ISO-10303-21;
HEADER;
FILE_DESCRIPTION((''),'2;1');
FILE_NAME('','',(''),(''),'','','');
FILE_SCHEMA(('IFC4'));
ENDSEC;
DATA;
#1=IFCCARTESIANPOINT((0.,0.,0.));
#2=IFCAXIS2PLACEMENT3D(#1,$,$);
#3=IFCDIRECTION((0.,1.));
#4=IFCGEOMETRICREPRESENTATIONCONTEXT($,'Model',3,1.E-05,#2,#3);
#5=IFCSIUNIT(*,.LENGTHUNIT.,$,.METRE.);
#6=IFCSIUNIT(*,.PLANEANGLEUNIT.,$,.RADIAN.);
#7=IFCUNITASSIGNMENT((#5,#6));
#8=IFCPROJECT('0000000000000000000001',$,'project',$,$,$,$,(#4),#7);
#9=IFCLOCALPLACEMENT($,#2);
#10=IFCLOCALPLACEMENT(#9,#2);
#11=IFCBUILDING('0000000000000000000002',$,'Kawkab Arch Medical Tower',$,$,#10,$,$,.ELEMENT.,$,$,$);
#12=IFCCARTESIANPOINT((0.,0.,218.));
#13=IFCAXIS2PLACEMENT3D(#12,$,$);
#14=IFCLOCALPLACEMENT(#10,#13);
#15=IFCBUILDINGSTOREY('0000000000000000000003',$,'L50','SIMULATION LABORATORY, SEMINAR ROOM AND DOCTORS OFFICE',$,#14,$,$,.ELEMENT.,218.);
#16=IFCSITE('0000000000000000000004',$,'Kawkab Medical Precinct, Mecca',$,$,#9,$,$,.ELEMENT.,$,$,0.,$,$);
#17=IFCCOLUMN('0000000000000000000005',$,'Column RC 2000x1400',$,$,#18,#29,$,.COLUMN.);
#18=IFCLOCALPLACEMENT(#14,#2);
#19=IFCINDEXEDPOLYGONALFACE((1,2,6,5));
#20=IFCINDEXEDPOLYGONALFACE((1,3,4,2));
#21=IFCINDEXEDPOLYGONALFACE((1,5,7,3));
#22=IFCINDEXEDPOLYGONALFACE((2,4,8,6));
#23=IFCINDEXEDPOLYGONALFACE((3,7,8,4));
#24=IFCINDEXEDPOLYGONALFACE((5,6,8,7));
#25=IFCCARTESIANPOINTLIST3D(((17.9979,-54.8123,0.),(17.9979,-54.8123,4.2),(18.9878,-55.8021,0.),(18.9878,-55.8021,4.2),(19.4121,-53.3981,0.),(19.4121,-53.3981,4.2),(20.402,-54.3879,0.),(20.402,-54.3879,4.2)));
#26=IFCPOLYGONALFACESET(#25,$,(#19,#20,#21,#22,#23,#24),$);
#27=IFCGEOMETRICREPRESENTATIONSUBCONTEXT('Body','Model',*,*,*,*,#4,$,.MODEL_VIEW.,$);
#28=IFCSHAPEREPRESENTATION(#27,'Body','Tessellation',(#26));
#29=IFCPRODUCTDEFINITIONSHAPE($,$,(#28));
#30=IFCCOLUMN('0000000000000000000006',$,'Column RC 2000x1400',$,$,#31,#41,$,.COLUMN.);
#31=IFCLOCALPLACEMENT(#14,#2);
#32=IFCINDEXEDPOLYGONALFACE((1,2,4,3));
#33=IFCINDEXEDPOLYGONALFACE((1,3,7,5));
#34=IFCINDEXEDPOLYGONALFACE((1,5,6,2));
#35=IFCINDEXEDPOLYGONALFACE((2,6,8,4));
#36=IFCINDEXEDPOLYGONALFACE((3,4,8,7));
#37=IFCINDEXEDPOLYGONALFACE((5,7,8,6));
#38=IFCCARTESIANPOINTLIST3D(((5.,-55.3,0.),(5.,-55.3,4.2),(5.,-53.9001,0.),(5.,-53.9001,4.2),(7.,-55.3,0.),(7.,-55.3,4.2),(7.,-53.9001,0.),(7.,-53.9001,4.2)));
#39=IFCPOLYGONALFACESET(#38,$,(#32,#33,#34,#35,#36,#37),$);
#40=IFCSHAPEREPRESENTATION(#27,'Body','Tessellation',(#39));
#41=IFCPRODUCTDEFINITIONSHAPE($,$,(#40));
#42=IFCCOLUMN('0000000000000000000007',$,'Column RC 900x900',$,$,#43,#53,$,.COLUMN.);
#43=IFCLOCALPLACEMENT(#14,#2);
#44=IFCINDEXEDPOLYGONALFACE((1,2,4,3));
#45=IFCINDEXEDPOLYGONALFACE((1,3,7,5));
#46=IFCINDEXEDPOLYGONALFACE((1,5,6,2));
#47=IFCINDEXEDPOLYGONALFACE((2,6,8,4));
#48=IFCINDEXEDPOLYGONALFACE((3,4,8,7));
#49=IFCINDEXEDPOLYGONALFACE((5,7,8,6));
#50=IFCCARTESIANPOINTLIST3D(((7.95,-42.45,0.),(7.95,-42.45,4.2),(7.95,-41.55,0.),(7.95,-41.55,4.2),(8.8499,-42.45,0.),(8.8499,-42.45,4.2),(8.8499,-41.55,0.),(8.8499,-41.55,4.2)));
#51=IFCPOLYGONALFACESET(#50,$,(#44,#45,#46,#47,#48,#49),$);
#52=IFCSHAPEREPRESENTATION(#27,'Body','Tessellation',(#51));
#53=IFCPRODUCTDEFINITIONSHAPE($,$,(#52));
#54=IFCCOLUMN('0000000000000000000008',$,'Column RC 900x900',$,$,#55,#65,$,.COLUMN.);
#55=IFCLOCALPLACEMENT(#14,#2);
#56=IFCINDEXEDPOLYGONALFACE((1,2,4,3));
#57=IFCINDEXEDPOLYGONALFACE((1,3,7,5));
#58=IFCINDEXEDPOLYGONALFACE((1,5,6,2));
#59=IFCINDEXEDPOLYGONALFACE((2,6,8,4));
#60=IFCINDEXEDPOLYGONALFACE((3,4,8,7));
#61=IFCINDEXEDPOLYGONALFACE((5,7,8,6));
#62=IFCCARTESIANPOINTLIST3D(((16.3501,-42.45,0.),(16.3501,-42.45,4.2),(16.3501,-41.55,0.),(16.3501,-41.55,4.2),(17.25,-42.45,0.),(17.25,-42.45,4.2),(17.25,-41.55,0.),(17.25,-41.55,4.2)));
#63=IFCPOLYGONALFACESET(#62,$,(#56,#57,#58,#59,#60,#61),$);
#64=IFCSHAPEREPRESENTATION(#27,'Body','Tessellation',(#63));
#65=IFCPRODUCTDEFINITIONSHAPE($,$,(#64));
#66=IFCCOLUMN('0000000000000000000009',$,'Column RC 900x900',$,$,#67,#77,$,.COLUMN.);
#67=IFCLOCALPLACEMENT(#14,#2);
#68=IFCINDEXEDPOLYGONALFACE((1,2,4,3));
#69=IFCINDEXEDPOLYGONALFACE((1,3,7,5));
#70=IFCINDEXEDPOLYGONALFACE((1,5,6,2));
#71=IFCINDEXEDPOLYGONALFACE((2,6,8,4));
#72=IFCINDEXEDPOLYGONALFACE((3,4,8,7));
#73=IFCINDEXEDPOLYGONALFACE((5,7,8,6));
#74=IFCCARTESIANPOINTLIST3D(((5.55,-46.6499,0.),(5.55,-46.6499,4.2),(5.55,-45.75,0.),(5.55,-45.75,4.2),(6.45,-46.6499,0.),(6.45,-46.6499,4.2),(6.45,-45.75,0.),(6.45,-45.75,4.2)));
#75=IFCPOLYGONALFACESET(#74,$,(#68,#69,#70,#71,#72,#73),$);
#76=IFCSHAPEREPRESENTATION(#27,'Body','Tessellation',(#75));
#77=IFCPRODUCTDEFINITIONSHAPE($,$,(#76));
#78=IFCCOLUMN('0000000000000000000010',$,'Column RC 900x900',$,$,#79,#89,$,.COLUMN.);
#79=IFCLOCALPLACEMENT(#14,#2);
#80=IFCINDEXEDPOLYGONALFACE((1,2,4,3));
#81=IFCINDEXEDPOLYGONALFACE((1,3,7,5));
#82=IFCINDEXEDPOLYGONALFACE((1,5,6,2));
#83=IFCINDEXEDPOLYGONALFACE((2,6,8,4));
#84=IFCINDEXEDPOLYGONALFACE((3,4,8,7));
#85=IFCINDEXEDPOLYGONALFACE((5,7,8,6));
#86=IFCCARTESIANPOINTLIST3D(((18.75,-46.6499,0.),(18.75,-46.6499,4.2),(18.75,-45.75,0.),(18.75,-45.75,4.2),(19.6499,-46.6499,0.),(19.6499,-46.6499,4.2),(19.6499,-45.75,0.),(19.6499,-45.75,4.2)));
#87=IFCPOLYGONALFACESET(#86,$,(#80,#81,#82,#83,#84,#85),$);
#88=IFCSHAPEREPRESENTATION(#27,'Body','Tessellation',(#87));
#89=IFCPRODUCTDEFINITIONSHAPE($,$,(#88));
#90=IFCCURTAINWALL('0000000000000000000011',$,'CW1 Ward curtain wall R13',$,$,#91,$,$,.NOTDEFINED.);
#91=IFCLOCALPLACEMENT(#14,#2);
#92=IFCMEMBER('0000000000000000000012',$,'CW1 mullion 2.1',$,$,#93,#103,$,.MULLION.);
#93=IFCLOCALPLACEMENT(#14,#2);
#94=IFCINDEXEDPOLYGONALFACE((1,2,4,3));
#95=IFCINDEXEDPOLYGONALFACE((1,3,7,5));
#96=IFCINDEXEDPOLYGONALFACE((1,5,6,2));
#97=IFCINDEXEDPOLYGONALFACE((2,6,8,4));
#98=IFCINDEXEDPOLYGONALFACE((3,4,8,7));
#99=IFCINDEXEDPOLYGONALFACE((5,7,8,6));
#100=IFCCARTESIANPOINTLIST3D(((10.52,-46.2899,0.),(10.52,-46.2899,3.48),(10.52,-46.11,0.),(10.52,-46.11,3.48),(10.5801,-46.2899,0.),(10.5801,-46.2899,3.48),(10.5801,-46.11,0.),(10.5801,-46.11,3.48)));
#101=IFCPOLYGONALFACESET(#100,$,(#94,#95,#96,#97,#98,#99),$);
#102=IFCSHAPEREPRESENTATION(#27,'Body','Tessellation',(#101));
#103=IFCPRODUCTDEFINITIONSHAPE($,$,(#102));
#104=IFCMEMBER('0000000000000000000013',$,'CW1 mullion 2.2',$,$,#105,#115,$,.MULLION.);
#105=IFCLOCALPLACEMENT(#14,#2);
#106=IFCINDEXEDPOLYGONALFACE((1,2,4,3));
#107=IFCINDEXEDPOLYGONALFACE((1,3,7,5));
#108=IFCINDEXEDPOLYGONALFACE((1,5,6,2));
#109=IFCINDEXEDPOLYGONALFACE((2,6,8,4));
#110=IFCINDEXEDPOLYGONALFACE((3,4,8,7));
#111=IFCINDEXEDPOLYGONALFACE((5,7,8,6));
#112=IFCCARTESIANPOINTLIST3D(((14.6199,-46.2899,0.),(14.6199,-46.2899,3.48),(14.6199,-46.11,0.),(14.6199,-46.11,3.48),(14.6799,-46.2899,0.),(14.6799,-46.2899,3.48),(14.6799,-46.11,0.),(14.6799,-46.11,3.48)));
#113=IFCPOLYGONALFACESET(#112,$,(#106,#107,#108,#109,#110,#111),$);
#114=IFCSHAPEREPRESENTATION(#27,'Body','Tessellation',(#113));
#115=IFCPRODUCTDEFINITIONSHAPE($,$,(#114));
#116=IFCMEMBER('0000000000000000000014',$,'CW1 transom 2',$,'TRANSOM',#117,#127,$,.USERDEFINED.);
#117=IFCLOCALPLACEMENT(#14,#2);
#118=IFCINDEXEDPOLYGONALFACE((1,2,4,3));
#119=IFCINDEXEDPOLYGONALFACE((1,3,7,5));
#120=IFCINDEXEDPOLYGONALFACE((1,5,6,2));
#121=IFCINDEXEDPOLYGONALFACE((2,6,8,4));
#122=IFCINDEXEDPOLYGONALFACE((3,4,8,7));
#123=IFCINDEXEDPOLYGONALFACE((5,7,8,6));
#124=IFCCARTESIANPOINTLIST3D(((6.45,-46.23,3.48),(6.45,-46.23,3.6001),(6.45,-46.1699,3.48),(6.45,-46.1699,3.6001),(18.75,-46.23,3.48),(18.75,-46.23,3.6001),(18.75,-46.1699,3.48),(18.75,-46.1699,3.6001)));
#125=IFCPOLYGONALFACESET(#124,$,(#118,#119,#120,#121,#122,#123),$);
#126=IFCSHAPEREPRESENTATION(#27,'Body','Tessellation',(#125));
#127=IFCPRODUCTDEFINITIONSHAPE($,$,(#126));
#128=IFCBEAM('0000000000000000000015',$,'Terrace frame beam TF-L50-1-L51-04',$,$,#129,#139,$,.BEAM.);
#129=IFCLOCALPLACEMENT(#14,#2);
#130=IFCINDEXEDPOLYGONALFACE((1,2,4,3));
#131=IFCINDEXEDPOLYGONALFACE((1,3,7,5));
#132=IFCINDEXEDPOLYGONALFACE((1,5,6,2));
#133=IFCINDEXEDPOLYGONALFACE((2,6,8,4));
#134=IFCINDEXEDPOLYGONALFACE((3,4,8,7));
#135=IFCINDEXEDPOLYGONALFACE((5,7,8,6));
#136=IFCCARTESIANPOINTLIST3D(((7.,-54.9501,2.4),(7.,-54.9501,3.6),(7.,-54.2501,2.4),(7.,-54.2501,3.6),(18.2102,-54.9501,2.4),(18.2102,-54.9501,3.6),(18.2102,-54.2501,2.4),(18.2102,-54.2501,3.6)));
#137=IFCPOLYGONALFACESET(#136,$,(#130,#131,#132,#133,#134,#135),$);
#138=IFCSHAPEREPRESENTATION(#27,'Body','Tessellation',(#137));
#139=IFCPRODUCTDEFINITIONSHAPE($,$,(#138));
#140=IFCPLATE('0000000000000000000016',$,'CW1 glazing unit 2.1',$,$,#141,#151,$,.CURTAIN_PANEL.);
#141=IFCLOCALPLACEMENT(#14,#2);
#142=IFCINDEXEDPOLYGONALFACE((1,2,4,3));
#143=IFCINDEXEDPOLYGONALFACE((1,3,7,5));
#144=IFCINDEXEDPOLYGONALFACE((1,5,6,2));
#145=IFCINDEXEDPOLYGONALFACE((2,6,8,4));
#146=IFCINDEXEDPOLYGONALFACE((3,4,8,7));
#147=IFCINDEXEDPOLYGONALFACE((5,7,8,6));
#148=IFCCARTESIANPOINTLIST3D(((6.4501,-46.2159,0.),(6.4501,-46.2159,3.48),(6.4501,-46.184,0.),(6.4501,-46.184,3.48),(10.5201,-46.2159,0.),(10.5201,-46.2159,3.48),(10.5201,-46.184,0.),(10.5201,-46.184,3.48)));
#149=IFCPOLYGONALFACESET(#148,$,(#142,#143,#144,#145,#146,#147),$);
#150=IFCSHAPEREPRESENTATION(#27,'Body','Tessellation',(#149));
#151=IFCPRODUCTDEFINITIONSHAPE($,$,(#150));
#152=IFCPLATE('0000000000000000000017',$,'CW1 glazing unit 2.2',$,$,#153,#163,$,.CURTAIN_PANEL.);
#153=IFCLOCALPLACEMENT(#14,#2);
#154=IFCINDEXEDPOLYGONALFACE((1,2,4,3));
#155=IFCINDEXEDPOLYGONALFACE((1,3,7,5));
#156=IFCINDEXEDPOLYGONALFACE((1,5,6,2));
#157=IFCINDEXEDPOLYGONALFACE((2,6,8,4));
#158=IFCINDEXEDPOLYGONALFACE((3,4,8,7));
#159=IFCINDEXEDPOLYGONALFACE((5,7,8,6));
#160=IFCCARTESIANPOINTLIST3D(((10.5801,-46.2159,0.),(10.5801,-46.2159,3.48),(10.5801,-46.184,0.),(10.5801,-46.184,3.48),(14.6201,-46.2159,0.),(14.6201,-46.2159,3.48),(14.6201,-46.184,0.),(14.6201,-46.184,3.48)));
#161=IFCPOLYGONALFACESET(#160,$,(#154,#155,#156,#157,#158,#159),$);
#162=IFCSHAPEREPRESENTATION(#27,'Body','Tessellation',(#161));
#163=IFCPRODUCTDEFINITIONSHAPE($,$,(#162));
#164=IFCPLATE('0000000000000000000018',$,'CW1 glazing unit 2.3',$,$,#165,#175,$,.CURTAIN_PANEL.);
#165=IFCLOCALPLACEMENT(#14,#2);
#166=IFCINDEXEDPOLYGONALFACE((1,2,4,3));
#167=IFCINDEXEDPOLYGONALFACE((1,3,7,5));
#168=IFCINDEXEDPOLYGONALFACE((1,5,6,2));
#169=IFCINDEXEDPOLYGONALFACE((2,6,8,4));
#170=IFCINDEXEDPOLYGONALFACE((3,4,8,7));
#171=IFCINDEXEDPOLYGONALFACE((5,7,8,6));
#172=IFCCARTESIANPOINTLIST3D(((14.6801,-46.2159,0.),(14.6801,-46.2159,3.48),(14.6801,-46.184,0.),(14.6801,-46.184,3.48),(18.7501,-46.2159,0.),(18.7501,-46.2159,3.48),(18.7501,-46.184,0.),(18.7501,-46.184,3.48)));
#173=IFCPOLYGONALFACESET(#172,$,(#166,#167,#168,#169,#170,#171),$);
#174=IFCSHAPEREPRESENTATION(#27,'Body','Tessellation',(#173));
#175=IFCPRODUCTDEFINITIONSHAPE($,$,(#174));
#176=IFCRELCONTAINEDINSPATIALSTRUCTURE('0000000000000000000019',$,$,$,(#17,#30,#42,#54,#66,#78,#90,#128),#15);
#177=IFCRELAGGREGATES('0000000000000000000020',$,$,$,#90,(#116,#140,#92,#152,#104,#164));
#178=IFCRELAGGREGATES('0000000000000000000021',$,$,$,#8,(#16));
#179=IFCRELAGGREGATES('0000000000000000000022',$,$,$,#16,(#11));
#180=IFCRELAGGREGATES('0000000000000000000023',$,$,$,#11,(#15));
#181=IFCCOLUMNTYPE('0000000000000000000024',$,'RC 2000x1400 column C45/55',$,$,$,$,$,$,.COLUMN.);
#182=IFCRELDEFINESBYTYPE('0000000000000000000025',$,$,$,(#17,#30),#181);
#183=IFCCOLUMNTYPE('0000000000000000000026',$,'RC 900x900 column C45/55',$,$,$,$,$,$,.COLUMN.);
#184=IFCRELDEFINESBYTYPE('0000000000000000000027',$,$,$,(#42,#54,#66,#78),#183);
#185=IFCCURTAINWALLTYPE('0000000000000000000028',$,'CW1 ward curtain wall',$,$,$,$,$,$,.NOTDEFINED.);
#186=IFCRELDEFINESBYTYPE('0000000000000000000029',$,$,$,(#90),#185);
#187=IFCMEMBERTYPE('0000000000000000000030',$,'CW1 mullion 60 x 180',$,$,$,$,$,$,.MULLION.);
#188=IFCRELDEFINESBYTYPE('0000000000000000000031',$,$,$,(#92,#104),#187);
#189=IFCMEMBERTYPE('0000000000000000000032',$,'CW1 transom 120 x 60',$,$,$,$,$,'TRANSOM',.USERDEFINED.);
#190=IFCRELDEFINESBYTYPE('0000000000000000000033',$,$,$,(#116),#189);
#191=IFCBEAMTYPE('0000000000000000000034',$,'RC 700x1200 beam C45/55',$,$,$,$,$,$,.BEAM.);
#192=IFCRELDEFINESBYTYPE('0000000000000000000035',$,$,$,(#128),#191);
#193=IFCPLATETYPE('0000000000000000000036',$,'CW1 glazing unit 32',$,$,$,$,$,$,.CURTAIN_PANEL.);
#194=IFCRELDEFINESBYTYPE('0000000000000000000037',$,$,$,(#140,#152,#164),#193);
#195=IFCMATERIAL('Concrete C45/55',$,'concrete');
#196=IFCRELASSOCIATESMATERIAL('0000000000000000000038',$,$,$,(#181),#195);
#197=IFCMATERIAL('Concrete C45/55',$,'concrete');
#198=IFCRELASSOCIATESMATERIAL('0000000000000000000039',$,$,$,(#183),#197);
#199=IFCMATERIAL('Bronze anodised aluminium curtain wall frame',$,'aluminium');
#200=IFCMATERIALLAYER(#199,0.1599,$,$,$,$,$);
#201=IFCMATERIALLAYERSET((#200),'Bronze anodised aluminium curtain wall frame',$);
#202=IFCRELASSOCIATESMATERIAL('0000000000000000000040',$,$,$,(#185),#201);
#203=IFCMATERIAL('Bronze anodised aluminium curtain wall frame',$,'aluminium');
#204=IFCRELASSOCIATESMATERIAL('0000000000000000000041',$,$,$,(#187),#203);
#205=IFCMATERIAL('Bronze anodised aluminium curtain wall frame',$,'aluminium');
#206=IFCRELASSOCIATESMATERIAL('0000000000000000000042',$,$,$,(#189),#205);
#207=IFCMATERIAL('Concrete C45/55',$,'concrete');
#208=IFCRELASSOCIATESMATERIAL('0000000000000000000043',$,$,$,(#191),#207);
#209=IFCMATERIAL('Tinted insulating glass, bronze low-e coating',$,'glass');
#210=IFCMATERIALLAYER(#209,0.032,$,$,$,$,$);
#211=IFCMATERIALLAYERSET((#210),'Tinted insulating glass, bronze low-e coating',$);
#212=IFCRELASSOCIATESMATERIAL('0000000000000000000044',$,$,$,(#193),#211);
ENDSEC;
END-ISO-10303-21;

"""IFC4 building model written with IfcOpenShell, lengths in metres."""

from ifc_helpers import new_model, si_unit, direction, frame, origin, origin_2d, place, context, subcontext, project, spatial, rectangle, extrude, material, layer, layer_set, material_profile, profile_set, type_object, element, aggregate, save


model = new_model("IFC4")

# Units and contexts
model_context = context("Model", 3, precision=1e-05, world=origin(), true_north=direction((0.0, 1.0)))
body_context = subcontext(model_context, "Body", "Model", "MODEL_VIEW")
ifc_project = project(units=[si_unit("LENGTHUNIT", "METRE"), si_unit("PLANEANGLEUNIT", "RADIAN")], contexts=[model_context])

# Site, building, storey
site_placement = place(None, origin())
site = spatial("IfcSite", under=ifc_project, at=site_placement, Name="Kawkab Medical Precinct, Mecca", CompositionType="ELEMENT", RefElevation=0.0)
building_placement = place(site_placement, origin())
building = spatial("IfcBuilding", under=site, at=building_placement, Name="Kawkab Arch Medical Tower", CompositionType="ELEMENT")
storey_placement = place(building_placement, frame((0.0, 0.0, 218.0)))
storey = spatial("IfcBuildingStorey", under=building, at=storey_placement, Name="L50", Description="SIMULATION LABORATORY, SEMINAR ROOM AND DOCTORS OFFICE", CompositionType="ELEMENT", Elevation=218.0)

# Columns
ifc_material_1 = material(Name="Concrete C45/55", Category="concrete")
ifc_material_profile_1 = material_profile(ifc_material_1, rectangle(XDim=2.0, YDim=1.3999, at=origin_2d()), Name="RC 2000x1400")
ifc_profile_set_1 = profile_set([ifc_material_profile_1], Name="Concrete C45/55")
column_type_1 = type_object("IfcColumnType", Name="RC 2000x1400 column C45/55", PredefinedType="COLUMN", material=ifc_profile_set_1)
for number, where, z_axis, x_axis, name in (
    (1, (19.2, -54.6001, 0.0), (0.0, 0.0, 1.0), (-0.707107, -0.707107, 0.0), "Column RC 2000x1400"),
    (2, (6.0, -54.6001, 0.0), (0.0, 0.0, 1.0), (-1.0, 0.0, 0.0), "Column RC 2000x1400"),
):
    element("IfcColumn", number, at=place(storey_placement, frame(where, z_axis=z_axis, x_axis=x_axis)), inside=storey, type_object=column_type_1, Name=name, PredefinedType="COLUMN", context=body_context, shape_type="SweptSolid", body=[
        extrude(rectangle(XDim=2.0, YDim=1.3999, at=origin_2d()), origin(), (0.0, 0.0, 1.0), 4.2),
    ])
ifc_material_2 = material(Name="Concrete C45/55", Category="concrete")
ifc_material_profile_2 = material_profile(ifc_material_2, rectangle(XDim=0.8999, YDim=0.8999, at=origin_2d()), Name="RC 900x900")
ifc_profile_set_2 = profile_set([ifc_material_profile_2], Name="Concrete C45/55")
column_type_2 = type_object("IfcColumnType", Name="RC 900x900 column C45/55", PredefinedType="COLUMN", material=ifc_profile_set_2)
for number, where, z_axis, x_axis, name in (
    (3, (8.3999, -42.0, 0.0), (0.0, 0.0, 1.0), (1.0, 0.0, 0.0), "Column RC 900x900"),
    (4, (16.8, -42.0, 0.0), (0.0, 0.0, 1.0), (1.0, 0.0, 0.0), "Column RC 900x900"),
    (5, (6.0, -46.2, 0.0), (0.0, 0.0, 1.0), (1.0, 0.0, 0.0), "Column RC 900x900"),
    (6, (19.2, -46.2, 0.0), (0.0, 0.0, 1.0), (1.0, 0.0, 0.0), "Column RC 900x900"),
):
    element("IfcColumn", number, at=place(storey_placement, frame(where, z_axis=z_axis, x_axis=x_axis)), inside=storey, type_object=column_type_2, Name=name, PredefinedType="COLUMN", context=body_context, shape_type="SweptSolid", body=[
        extrude(rectangle(XDim=0.8999, YDim=0.8999, at=origin_2d()), origin(), (0.0, 0.0, 1.0), 4.2),
    ])

# Curtain wall, members
ifc_material_3 = material(Name="Bronze anodised aluminium curtain wall frame", Category="aluminium")
ifc_layer_1 = layer(ifc_material_3, 0.1599)
ifc_layer_set_1 = layer_set([ifc_layer_1], Name="Bronze anodised aluminium curtain wall frame")
curtain_wall_type = type_object("IfcCurtainWallType", Name="CW1 ward curtain wall", PredefinedType="NOTDEFINED", material=ifc_layer_set_1)
curtain_wall_placement = place(storey_placement, origin())
curtain_wall = element("IfcCurtainWall", 7, at=curtain_wall_placement, inside=storey, type_object=curtain_wall_type, Name="CW1 Ward curtain wall R13", PredefinedType="NOTDEFINED")
ifc_material_4 = material(Name="Bronze anodised aluminium curtain wall frame", Category="aluminium")
ifc_material_profile_3 = material_profile(ifc_material_4, rectangle(XDim=0.1799, YDim=0.0601, at=origin_2d()), Name="AL 60x180")
ifc_profile_set_3 = profile_set([ifc_material_profile_3], Name="Bronze anodised aluminium curtain wall frame")
member_type_1 = type_object("IfcMemberType", Name="CW1 mullion 60 x 180", PredefinedType="MULLION", material=ifc_profile_set_3)
member_1_placement = place(storey_placement, frame((10.55, -46.2, 0.0), z_axis=(0.0, 0.0, 1.0), x_axis=(0.0, 1.0, 0.0)))
member_1 = element("IfcMember", 8, at=member_1_placement, type_object=member_type_1, Name="CW1 mullion 2.1", PredefinedType="MULLION", context=body_context, shape_type="SweptSolid", body=[
    extrude(rectangle(XDim=0.1799, YDim=0.0601, at=origin_2d()), origin(), (0.0, 0.0, 1.0), 3.48),
])
member_2_placement = place(storey_placement, frame((14.6499, -46.2, 0.0), z_axis=(0.0, 0.0, 1.0), x_axis=(0.0, 1.0, 0.0)))
member_2 = element("IfcMember", 9, at=member_2_placement, type_object=member_type_1, Name="CW1 mullion 2.2", PredefinedType="MULLION", context=body_context, shape_type="SweptSolid", body=[
    extrude(rectangle(XDim=0.1799, YDim=0.0601, at=origin_2d()), origin(), (0.0, 0.0, 1.0), 3.48),
])
ifc_material_5 = material(Name="Bronze anodised aluminium curtain wall frame", Category="aluminium")
ifc_material_profile_4 = material_profile(ifc_material_5, rectangle(XDim=0.0601, YDim=0.1201, at=origin_2d()), Name="AL 60x120")
ifc_profile_set_4 = profile_set([ifc_material_profile_4], Name="Bronze anodised aluminium curtain wall frame")
member_type_2 = type_object("IfcMemberType", Name="CW1 transom 120 x 60", ElementType="TRANSOM", PredefinedType="USERDEFINED", material=ifc_profile_set_4)
member_3_placement = place(storey_placement, frame((6.45, -46.2, 3.54), z_axis=(1.0, 0.0, 0.0), x_axis=(0.0, 1.0, 0.0)))
member_3 = element("IfcMember", 10, at=member_3_placement, type_object=member_type_2, Name="CW1 transom 2", ObjectType="TRANSOM", PredefinedType="USERDEFINED", context=body_context, shape_type="SweptSolid", body=[
    extrude(rectangle(XDim=0.0601, YDim=0.1201, at=origin_2d()), origin(), (0.0, 0.0, 1.0), 12.3),
])

# Beam
ifc_material_6 = material(Name="Concrete C45/55", Category="concrete")
ifc_material_profile_5 = material_profile(ifc_material_6, rectangle(XDim=0.7, YDim=1.2, at=origin_2d()), Name="RC 700x1200")
ifc_profile_set_5 = profile_set([ifc_material_profile_5], Name="Concrete C45/55")
beam_type = type_object("IfcBeamType", Name="RC 700x1200 beam C45/55", PredefinedType="BEAM", material=ifc_profile_set_5)
beam_placement = place(storey_placement, frame((18.2102, -54.6001, 3.0), z_axis=(-1.0, 0.0, 0.0), x_axis=(0.0, -1.0, 0.0)))
element("IfcBeam", 11, at=beam_placement, inside=storey, type_object=beam_type, Name="Terrace frame beam TF-L50-1-L51-04", PredefinedType="BEAM", context=body_context, shape_type="SweptSolid", body=[
    extrude(rectangle(XDim=0.7, YDim=1.2, at=origin_2d()), origin(), (0.0, 0.0, 1.0), 11.2102),
])

# Plates
ifc_material_7 = material(Name="Tinted insulating glass, bronze low-e coating", Category="glass")
ifc_layer_2 = layer(ifc_material_7, 0.032)
ifc_layer_set_2 = layer_set([ifc_layer_2], Name="Tinted insulating glass, bronze low-e coating")
plate_type = type_object("IfcPlateType", Name="CW1 glazing unit 32", PredefinedType="CURTAIN_PANEL", material=ifc_layer_set_2)
plate_1_placement = place(storey_placement, frame((8.4851, -46.2, 0.0), z_axis=(0.0, 0.0, 1.0), x_axis=(1.0, 0.0, 0.0)))
plate_1 = element("IfcPlate", 12, at=plate_1_placement, type_object=plate_type, Name="CW1 glazing unit 2.1", PredefinedType="CURTAIN_PANEL", context=body_context, shape_type="SweptSolid", body=[
    extrude(rectangle(XDim=4.0701, YDim=0.032, at=origin_2d()), origin(), (0.0, 0.0, 1.0), 3.48),
])
plate_2_placement = place(storey_placement, frame((12.6001, -46.2, 0.0), z_axis=(0.0, 0.0, 1.0), x_axis=(1.0, 0.0, 0.0)))
plate_2 = element("IfcPlate", 13, at=plate_2_placement, type_object=plate_type, Name="CW1 glazing unit 2.2", PredefinedType="CURTAIN_PANEL", context=body_context, shape_type="SweptSolid", body=[
    extrude(rectangle(XDim=4.04, YDim=0.032, at=origin_2d()), origin(), (0.0, 0.0, 1.0), 3.48),
])
plate_3_placement = place(storey_placement, frame((16.7151, -46.2, 0.0), z_axis=(0.0, 0.0, 1.0), x_axis=(1.0, 0.0, 0.0)))
plate_3 = element("IfcPlate", 14, at=plate_3_placement, type_object=plate_type, Name="CW1 glazing unit 2.3", PredefinedType="CURTAIN_PANEL", context=body_context, shape_type="SweptSolid", body=[
    extrude(rectangle(XDim=4.0701, YDim=0.032, at=origin_2d()), origin(), (0.0, 0.0, 1.0), 3.48),
])
aggregate(curtain_wall, [member_3, plate_1, member_1, plate_2, member_2, plate_3])

save(model, "model.ifc")
